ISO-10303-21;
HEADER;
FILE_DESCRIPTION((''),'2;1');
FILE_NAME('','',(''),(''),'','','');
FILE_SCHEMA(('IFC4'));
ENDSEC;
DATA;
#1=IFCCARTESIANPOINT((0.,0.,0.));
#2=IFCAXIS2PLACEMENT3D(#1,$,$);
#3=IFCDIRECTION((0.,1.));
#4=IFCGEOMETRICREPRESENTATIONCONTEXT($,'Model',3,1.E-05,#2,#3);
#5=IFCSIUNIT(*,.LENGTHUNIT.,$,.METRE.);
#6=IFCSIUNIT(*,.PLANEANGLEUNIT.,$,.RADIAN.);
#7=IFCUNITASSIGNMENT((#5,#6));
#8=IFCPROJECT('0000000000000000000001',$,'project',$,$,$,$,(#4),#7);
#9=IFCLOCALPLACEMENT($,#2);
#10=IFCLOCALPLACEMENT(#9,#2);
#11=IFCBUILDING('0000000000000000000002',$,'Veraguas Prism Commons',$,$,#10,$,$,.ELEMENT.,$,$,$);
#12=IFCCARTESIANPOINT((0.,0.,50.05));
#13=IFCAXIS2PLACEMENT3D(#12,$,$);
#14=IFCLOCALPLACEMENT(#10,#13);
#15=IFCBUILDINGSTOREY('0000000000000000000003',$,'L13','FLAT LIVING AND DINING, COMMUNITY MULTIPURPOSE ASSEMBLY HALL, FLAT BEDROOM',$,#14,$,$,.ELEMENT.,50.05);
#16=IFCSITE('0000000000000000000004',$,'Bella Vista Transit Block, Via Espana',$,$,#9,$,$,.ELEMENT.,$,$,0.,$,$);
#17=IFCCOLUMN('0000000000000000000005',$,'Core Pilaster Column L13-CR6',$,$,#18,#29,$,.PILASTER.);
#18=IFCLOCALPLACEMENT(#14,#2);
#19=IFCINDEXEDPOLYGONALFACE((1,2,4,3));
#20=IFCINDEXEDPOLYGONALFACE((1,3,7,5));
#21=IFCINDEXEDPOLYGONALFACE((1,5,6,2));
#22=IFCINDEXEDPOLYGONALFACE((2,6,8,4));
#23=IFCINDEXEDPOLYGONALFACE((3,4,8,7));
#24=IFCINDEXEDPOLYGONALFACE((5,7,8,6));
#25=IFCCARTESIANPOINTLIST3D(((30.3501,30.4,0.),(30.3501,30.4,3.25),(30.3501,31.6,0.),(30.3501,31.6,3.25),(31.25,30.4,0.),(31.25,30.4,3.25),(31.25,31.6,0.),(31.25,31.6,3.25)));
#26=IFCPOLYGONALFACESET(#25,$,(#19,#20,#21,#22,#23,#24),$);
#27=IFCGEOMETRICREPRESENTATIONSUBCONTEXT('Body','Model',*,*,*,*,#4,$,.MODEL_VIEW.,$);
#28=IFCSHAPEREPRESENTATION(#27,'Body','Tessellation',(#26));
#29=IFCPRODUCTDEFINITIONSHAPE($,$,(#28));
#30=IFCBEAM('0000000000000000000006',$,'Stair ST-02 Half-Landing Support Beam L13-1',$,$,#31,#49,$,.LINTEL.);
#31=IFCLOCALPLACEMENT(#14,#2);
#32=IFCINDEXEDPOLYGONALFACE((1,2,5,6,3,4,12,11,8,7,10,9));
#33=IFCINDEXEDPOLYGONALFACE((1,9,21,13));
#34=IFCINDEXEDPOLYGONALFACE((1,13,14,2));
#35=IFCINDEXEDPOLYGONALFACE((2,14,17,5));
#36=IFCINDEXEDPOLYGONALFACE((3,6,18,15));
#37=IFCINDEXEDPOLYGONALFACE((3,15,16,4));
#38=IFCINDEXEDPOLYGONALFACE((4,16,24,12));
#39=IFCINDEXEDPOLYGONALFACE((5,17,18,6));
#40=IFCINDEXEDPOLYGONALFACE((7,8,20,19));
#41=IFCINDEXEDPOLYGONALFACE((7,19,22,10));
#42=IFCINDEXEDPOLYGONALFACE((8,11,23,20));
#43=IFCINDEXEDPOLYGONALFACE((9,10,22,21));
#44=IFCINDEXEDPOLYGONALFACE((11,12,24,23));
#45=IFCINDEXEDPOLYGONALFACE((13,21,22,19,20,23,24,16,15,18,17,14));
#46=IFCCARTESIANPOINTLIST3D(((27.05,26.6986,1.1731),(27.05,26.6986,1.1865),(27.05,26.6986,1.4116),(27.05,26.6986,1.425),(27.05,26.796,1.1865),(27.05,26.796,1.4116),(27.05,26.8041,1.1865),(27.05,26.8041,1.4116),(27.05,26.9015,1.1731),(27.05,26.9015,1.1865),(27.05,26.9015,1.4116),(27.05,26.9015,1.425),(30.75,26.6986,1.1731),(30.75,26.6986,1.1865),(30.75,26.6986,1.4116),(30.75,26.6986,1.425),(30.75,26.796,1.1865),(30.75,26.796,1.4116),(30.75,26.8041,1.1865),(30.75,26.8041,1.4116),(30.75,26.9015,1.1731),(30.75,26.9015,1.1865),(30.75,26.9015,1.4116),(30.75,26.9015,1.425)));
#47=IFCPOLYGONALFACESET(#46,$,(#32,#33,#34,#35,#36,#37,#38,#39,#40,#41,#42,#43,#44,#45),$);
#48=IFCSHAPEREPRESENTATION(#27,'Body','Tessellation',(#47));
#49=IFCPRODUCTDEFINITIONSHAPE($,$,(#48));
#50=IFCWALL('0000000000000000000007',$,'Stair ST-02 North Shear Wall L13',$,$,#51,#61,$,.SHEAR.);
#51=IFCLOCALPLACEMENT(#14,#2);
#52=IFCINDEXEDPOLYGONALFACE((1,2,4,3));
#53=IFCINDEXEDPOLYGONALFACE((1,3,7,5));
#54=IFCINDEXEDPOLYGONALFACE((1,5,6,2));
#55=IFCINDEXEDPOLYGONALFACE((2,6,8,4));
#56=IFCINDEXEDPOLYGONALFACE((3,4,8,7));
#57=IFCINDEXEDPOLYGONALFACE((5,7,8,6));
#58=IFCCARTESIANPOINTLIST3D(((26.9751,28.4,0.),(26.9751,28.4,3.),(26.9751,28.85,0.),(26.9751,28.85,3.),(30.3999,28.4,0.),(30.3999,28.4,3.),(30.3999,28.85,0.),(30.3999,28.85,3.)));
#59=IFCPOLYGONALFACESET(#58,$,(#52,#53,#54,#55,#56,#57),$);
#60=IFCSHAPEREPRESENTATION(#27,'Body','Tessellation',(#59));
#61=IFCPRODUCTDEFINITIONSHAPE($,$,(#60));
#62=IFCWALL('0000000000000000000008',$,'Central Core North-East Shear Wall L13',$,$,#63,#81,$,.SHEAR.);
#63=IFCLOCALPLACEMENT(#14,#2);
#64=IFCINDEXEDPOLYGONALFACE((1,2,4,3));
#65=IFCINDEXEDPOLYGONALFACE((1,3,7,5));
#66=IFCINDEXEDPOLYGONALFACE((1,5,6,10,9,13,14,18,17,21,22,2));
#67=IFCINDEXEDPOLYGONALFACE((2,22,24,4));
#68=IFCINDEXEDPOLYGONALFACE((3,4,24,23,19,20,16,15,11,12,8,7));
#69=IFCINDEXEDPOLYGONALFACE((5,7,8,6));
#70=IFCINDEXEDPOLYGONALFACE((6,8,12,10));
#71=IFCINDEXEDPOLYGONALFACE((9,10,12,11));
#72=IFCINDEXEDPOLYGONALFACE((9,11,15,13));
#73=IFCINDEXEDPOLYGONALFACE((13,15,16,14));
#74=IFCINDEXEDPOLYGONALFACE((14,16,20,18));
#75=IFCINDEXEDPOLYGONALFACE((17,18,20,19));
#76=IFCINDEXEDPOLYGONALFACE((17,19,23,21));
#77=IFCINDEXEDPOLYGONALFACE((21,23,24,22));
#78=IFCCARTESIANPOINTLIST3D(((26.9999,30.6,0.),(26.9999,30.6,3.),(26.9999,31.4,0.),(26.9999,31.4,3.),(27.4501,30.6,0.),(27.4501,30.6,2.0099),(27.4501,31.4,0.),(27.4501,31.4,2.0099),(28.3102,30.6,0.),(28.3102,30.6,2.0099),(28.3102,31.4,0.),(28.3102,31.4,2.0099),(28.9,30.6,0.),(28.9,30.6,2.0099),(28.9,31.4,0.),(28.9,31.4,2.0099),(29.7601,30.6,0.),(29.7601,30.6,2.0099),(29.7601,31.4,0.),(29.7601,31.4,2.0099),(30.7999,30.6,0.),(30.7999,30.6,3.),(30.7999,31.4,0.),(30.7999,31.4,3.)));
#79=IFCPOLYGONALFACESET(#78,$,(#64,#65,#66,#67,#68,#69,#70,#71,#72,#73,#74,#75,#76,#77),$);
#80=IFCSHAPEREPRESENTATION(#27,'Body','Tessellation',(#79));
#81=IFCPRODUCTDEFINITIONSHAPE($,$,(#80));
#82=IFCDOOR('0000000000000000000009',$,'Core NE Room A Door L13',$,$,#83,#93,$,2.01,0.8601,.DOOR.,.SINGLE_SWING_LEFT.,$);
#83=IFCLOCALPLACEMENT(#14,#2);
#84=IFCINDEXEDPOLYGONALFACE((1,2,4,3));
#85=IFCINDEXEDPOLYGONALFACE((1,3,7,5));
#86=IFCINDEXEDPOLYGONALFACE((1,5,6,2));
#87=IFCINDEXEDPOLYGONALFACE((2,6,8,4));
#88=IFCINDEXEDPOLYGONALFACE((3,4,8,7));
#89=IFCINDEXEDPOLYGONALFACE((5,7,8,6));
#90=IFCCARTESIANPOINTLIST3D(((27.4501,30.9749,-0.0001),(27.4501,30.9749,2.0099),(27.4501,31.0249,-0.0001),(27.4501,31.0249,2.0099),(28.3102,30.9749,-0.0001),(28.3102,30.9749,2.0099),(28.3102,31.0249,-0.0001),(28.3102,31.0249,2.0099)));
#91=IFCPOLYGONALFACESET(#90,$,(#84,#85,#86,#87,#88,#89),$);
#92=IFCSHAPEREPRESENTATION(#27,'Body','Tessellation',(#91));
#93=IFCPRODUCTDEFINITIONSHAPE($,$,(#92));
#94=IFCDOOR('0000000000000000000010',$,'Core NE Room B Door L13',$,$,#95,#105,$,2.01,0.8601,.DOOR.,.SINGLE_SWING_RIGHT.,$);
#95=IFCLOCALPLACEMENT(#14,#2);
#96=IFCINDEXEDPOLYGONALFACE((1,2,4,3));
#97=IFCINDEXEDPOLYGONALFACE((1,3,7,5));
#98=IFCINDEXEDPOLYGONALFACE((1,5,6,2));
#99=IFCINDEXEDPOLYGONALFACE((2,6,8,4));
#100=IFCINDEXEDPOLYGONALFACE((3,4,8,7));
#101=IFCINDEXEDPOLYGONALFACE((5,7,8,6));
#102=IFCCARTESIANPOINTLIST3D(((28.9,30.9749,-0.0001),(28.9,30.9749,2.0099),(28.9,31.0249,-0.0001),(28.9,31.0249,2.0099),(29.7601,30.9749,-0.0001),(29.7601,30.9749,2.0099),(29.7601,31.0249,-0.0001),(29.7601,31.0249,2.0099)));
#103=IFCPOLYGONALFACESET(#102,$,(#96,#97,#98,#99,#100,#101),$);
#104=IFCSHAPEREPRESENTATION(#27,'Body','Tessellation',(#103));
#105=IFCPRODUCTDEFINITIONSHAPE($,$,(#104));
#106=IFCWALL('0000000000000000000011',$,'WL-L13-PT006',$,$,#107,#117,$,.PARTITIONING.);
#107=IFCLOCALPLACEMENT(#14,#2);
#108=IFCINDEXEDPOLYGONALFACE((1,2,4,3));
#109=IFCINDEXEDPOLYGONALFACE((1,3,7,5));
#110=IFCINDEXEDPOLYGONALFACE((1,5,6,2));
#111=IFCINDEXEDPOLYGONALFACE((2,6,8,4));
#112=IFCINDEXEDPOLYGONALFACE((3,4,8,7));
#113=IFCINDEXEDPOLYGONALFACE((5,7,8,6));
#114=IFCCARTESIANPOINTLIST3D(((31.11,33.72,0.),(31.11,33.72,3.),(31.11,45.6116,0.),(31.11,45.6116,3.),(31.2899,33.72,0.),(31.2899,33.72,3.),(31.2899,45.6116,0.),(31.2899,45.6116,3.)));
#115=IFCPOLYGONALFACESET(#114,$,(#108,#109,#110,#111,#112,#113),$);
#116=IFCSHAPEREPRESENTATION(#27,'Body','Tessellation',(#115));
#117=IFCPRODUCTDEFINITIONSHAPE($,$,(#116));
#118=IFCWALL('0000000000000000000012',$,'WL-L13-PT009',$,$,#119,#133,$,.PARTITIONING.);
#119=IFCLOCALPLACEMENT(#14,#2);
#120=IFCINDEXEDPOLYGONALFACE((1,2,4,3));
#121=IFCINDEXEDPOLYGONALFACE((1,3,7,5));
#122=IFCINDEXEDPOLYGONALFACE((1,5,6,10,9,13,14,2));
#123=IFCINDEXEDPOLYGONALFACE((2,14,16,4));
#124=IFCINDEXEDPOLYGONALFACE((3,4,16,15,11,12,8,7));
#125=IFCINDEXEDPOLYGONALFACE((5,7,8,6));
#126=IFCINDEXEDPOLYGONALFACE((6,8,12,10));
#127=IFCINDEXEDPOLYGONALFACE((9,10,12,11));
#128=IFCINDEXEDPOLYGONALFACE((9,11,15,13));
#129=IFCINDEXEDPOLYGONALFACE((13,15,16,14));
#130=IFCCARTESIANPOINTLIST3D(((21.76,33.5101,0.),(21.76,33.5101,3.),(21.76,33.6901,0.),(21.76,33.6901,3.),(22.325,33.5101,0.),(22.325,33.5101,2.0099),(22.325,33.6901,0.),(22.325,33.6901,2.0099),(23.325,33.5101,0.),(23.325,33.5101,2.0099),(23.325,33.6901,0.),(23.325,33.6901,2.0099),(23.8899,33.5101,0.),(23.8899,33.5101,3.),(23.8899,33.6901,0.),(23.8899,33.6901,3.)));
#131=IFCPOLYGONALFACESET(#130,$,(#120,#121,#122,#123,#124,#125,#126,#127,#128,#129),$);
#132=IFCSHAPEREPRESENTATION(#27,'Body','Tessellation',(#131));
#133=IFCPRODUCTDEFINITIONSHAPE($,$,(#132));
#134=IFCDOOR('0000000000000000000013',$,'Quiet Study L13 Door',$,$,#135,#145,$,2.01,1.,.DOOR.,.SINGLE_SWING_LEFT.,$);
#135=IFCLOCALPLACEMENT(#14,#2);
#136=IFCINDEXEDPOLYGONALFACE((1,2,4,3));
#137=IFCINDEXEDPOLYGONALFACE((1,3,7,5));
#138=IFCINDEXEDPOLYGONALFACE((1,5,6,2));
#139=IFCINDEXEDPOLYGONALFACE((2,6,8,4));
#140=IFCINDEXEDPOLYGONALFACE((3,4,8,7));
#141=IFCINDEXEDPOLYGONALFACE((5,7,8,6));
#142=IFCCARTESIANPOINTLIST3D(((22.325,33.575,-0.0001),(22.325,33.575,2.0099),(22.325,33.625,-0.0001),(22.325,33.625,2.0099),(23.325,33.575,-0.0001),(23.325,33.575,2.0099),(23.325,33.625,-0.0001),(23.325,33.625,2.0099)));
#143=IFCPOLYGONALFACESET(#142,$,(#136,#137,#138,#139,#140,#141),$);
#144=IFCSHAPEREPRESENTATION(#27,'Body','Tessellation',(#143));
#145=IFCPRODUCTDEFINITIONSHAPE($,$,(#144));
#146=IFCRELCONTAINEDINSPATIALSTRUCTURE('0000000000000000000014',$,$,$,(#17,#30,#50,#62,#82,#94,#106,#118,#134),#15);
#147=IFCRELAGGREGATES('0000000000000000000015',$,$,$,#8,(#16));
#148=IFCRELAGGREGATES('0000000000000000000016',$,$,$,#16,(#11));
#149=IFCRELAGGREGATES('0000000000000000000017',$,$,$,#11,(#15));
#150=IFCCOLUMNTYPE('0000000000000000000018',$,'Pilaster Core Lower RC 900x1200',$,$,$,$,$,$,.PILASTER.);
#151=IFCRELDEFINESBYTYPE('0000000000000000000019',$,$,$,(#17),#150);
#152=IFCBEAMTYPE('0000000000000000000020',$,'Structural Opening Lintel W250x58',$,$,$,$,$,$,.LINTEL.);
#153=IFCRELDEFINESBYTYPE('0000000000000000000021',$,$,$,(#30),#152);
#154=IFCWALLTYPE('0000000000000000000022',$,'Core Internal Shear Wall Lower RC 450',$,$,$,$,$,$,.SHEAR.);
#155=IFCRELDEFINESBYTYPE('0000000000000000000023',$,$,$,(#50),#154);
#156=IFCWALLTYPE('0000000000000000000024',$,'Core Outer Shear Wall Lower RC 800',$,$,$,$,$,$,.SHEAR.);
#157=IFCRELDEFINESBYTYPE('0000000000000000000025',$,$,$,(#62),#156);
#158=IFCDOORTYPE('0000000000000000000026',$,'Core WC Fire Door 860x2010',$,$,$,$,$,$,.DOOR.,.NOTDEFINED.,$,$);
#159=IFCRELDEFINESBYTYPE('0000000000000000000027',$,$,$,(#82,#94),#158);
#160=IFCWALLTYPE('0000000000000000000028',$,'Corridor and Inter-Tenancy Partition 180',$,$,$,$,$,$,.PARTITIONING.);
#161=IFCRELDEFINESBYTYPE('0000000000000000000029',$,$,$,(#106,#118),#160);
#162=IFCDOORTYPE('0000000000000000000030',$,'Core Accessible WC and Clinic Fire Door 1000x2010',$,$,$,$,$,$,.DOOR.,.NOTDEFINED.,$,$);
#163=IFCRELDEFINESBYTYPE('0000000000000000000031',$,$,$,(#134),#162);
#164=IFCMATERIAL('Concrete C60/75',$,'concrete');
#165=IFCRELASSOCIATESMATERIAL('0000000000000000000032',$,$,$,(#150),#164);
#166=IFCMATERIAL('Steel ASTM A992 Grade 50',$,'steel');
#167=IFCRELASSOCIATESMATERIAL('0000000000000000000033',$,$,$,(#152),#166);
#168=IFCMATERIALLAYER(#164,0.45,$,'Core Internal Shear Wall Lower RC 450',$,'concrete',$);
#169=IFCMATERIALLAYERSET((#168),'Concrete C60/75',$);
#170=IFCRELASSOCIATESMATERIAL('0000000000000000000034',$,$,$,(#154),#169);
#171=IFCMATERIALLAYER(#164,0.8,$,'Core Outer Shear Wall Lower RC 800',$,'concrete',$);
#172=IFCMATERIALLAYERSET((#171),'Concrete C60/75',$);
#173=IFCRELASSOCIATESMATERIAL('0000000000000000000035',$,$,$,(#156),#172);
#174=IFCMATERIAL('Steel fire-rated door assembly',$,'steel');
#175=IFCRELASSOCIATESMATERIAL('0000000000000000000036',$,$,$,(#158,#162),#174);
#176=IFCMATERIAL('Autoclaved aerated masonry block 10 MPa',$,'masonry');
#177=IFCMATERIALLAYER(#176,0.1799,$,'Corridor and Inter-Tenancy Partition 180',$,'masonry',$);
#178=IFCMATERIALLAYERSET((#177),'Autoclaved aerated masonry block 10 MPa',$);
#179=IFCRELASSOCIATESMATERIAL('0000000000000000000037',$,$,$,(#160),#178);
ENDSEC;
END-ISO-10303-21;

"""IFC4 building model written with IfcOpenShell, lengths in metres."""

from ifc_helpers import new_model, si_unit, direction, frame, frame_2d, origin, origin_2d, place, context, subcontext, project, spatial, rectangle, i_section, extrude, source, transform, mapped, material, layer, layer_set, material_profile, profile_set, type_object, element, fill, save


model = new_model("IFC4")

# Units and contexts
model_context = context("Model", 3, precision=1e-05, world=origin(), true_north=direction((0.0, 1.0)))
body_context = subcontext(model_context, "Body", "Model", "MODEL_VIEW")
ifc_project = project(units=[si_unit("LENGTHUNIT", "METRE"), si_unit("PLANEANGLEUNIT", "RADIAN")], contexts=[model_context])

# Site, building, storey
site_placement = place(None, origin())
site = spatial("IfcSite", under=ifc_project, at=site_placement, Name="Bella Vista Transit Block, Via Espana", CompositionType="ELEMENT", RefElevation=0.0)
building_placement = place(site_placement, origin())
building = spatial("IfcBuilding", under=site, at=building_placement, Name="Veraguas Prism Commons", CompositionType="ELEMENT")
storey_placement = place(building_placement, frame((0.0, 0.0, 50.05)))
storey = spatial("IfcBuildingStorey", under=building, at=storey_placement, Name="L13", Description="FLAT LIVING AND DINING, COMMUNITY MULTIPURPOSE ASSEMBLY HALL, FLAT BEDROOM", CompositionType="ELEMENT", Elevation=50.05)

# Column
ifc_material_1 = material(Name="Concrete C60/75", Category="concrete")
ifc_material_profile_1 = material_profile(ifc_material_1, rectangle(XDim=0.8999, YDim=1.2, at=origin_2d()), Name="RC900X1200")
ifc_profile_set_1 = profile_set([ifc_material_profile_1], Name="Concrete C60/75")
column_type = type_object("IfcColumnType", Name="Pilaster Core Lower RC 900x1200", PredefinedType="PILASTER", material=ifc_profile_set_1)
column_placement = place(storey_placement, frame((30.8, 31.0, 0.0), z_axis=(0.0, 0.0, 1.0), x_axis=(1.0, 0.0, 0.0)))
element("IfcColumn", 1, at=column_placement, inside=storey, type_object=column_type, Name="Core Pilaster Column L13-CR6", PredefinedType="PILASTER", context=body_context, shape_type="SweptSolid", body=[
    extrude(rectangle(XDim=0.8999, YDim=1.2, at=origin_2d()), origin(), (0.0, 0.0, 1.0), 3.25),
])

# Beam
ifc_material_2 = material(Name="Steel ASTM A992 Grade 50", Category="steel")
ifc_material_profile_2 = material_profile(ifc_material_2, i_section(OverallWidth=0.2029, OverallDepth=0.252, WebThickness=0.0081, FlangeThickness=0.0134, at=origin_2d()), Name="W250X58")
ifc_profile_set_2 = profile_set([ifc_material_profile_2], Name="Steel ASTM A992 Grade 50")
beam_type = type_object("IfcBeamType", Name="Structural Opening Lintel W250x58", PredefinedType="LINTEL", material=ifc_profile_set_2)
beam_placement = place(storey_placement, frame((27.05, 26.8, 1.2991), z_axis=(1.0, 0.0, 0.0), x_axis=(0.0, 1.0, 0.0)))
element("IfcBeam", 2, at=beam_placement, inside=storey, type_object=beam_type, Name="Stair ST-02 Half-Landing Support Beam L13-1", PredefinedType="LINTEL", context=body_context, shape_type="SweptSolid", body=[
    extrude(i_section(OverallWidth=0.2029, OverallDepth=0.252, WebThickness=0.0081, FlangeThickness=0.0134, at=origin_2d()), origin(), (0.0, 0.0, 1.0), 3.7),
])

# Wall
ifc_layer_1 = layer(ifc_material_1, 0.45, Name="Core Internal Shear Wall Lower RC 450", Category="concrete")
ifc_layer_set_1 = layer_set([ifc_layer_1], Name="Concrete C60/75")
wall_type_1 = type_object("IfcWallType", Name="Core Internal Shear Wall Lower RC 450", PredefinedType="SHEAR", material=ifc_layer_set_1)
wall_1_placement = place(storey_placement, frame((26.9751, 28.625, 0.0), z_axis=(0.0, 0.0, 1.0), x_axis=(1.0, 0.0, 0.0)))
element("IfcWall", 3, at=wall_1_placement, inside=storey, type_object=wall_type_1, Name="Stair ST-02 North Shear Wall L13", PredefinedType="SHEAR", context=body_context, shape_type="SweptSolid", body=[
    extrude(rectangle(XDim=3.4248, YDim=0.45, at=frame_2d((1.7124, 0.0))), origin(), (0.0, 0.0, 1.0), 3.0),
])

# Wall, openings, doors
ifc_layer_2 = layer(ifc_material_1, 0.8, Name="Core Outer Shear Wall Lower RC 800", Category="concrete")
ifc_layer_set_2 = layer_set([ifc_layer_2], Name="Concrete C60/75")
wall_type_2 = type_object("IfcWallType", Name="Core Outer Shear Wall Lower RC 800", PredefinedType="SHEAR", material=ifc_layer_set_2)
wall_2_placement = place(storey_placement, frame((27.0, 31.0, 0.0), z_axis=(0.0, 0.0, 1.0), x_axis=(1.0, 0.0, 0.0)))
wall_2 = element("IfcWall", 4, at=wall_2_placement, inside=storey, type_object=wall_type_2, Name="Central Core North-East Shear Wall L13", PredefinedType="SHEAR", context=body_context, shape_type="SweptSolid", body=[
    extrude(rectangle(XDim=3.8, YDim=0.8, at=frame_2d((1.8999, 0.0))), origin(), (0.0, 0.0, 1.0), 3.0),
])
opening_1_placement = place(wall_2_placement, frame((0.45, 0.0, 0.0)))
opening_1 = element("IfcOpeningElement", 5, at=opening_1_placement, cuts=wall_2, PredefinedType="OPENING", context=body_context, shape_type="SweptSolid", body=[
    extrude(rectangle(XDim=0.8601, YDim=2.01, at=frame_2d((0.4302, 1.0049))), frame((0.0, 0.4099, 0.0), z_axis=(0.0, -1.0, 0.0), x_axis=(1.0, 0.0, 0.0)), (0.0, 0.0, 1.0), 0.8201),
])
opening_2_placement = place(wall_2_placement, frame((1.8999, 0.0, 0.0)))
opening_2 = element("IfcOpeningElement", 6, at=opening_2_placement, cuts=wall_2, PredefinedType="OPENING", context=body_context, shape_type="SweptSolid", body=[
    extrude(rectangle(XDim=0.8601, YDim=2.01, at=frame_2d((0.4302, 1.0049))), frame((0.0, 0.4099, 0.0), z_axis=(0.0, -1.0, 0.0), x_axis=(1.0, 0.0, 0.0)), (0.0, 0.0, 1.0), 0.8201),
])
ifc_material_3 = material(Name="Steel fire-rated door assembly", Category="steel")
door_type_1 = type_object("IfcDoorType", Name="Core WC Fire Door 860x2010", OperationType="NOTDEFINED", PredefinedType="DOOR", material=ifc_material_3)
shared_shape_1 = source(origin(), body_context, "Body", "SweptSolid", [
    extrude(rectangle(XDim=0.8601, YDim=2.01, at=frame_2d((0.4302, 1.0049))), frame((0.0, 0.0249, 0.0), z_axis=(0.0, -1.0, 0.0), x_axis=(1.0, 0.0, 0.0)), (0.0, 0.0, 1.0), 0.05),
])
door_1_placement = place(opening_1_placement, origin())
door_1 = element("IfcDoor", 7, at=door_1_placement, inside=storey, type_object=door_type_1, Name="Core NE Room A Door L13", OperationType="SINGLE_SWING_LEFT", OverallHeight=2.01, OverallWidth=0.8601, PredefinedType="DOOR", context=body_context, shape_type="MappedRepresentation", body=[
    mapped(shared_shape_1, transform((0.0, 0.0, 0.0), scale=1.0)),
])
fill(opening_1, door_1)
door_2_placement = place(opening_2_placement, origin())
door_2 = element("IfcDoor", 8, at=door_2_placement, inside=storey, type_object=door_type_1, Name="Core NE Room B Door L13", OperationType="SINGLE_SWING_RIGHT", OverallHeight=2.01, OverallWidth=0.8601, PredefinedType="DOOR", context=body_context, shape_type="MappedRepresentation", body=[
    mapped(shared_shape_1, transform((0.0, 0.0, 0.0), scale=1.0)),
])
fill(opening_2, door_2)

# Wall
ifc_material_4 = material(Name="Autoclaved aerated masonry block 10 MPa", Category="masonry")
ifc_layer_3 = layer(ifc_material_4, 0.1799, Name="Corridor and Inter-Tenancy Partition 180", Category="masonry")
ifc_layer_set_3 = layer_set([ifc_layer_3], Name="Autoclaved aerated masonry block 10 MPa")
wall_type_3 = type_object("IfcWallType", Name="Corridor and Inter-Tenancy Partition 180", PredefinedType="PARTITIONING", material=ifc_layer_set_3)
wall_3_placement = place(storey_placement, frame((31.2, 33.72, 0.0), z_axis=(0.0, 0.0, 1.0), x_axis=(0.0, 1.0, 0.0)))
element("IfcWall", 9, at=wall_3_placement, inside=storey, type_object=wall_type_3, Name="WL-L13-PT006", PredefinedType="PARTITIONING", context=body_context, shape_type="SweptSolid", body=[
    extrude(rectangle(XDim=11.8916, YDim=0.1799, at=frame_2d((5.9458, 0.0))), origin(), (0.0, 0.0, 1.0), 3.0),
])

# Wall, opening, door
wall_4_placement = place(storey_placement, frame((21.76, 33.6001, 0.0), z_axis=(0.0, 0.0, 1.0), x_axis=(1.0, 0.0, 0.0)))
wall_4 = element("IfcWall", 10, at=wall_4_placement, inside=storey, type_object=wall_type_3, Name="WL-L13-PT009", PredefinedType="PARTITIONING", context=body_context, shape_type="SweptSolid", body=[
    extrude(rectangle(XDim=2.1299, YDim=0.1799, at=frame_2d((1.0649, 0.0))), origin(), (0.0, 0.0, 1.0), 3.0),
])
opening_3_placement = place(wall_4_placement, frame((0.5649, 0.0, 0.0)))
opening_3 = element("IfcOpeningElement", 11, at=opening_3_placement, cuts=wall_4, PredefinedType="OPENING", context=body_context, shape_type="SweptSolid", body=[
    extrude(rectangle(XDim=1.0, YDim=2.01, at=frame_2d((0.5, 1.0049))), frame((0.0, 0.0999, 0.0), z_axis=(0.0, -1.0, 0.0), x_axis=(1.0, 0.0, 0.0)), (0.0, 0.0, 1.0), 0.2),
])
door_type_2 = type_object("IfcDoorType", Name="Core Accessible WC and Clinic Fire Door 1000x2010", OperationType="NOTDEFINED", PredefinedType="DOOR", material=ifc_material_3)
shared_shape_2 = source(origin(), body_context, "Body", "SweptSolid", [
    extrude(rectangle(XDim=1.0, YDim=2.01, at=frame_2d((0.5, 1.0049))), frame((0.0, 0.0249, 0.0), z_axis=(0.0, -1.0, 0.0), x_axis=(1.0, 0.0, 0.0)), (0.0, 0.0, 1.0), 0.05),
])
door_3_placement = place(opening_3_placement, origin())
door_3 = element("IfcDoor", 12, at=door_3_placement, inside=storey, type_object=door_type_2, Name="Quiet Study L13 Door", OperationType="SINGLE_SWING_LEFT", OverallHeight=2.01, OverallWidth=1.0, PredefinedType="DOOR", context=body_context, shape_type="MappedRepresentation", body=[
    mapped(shared_shape_2, transform((0.0, 0.0, 0.0), scale=1.0)),
])
fill(opening_3, door_3)

save(model, "model.ifc")
